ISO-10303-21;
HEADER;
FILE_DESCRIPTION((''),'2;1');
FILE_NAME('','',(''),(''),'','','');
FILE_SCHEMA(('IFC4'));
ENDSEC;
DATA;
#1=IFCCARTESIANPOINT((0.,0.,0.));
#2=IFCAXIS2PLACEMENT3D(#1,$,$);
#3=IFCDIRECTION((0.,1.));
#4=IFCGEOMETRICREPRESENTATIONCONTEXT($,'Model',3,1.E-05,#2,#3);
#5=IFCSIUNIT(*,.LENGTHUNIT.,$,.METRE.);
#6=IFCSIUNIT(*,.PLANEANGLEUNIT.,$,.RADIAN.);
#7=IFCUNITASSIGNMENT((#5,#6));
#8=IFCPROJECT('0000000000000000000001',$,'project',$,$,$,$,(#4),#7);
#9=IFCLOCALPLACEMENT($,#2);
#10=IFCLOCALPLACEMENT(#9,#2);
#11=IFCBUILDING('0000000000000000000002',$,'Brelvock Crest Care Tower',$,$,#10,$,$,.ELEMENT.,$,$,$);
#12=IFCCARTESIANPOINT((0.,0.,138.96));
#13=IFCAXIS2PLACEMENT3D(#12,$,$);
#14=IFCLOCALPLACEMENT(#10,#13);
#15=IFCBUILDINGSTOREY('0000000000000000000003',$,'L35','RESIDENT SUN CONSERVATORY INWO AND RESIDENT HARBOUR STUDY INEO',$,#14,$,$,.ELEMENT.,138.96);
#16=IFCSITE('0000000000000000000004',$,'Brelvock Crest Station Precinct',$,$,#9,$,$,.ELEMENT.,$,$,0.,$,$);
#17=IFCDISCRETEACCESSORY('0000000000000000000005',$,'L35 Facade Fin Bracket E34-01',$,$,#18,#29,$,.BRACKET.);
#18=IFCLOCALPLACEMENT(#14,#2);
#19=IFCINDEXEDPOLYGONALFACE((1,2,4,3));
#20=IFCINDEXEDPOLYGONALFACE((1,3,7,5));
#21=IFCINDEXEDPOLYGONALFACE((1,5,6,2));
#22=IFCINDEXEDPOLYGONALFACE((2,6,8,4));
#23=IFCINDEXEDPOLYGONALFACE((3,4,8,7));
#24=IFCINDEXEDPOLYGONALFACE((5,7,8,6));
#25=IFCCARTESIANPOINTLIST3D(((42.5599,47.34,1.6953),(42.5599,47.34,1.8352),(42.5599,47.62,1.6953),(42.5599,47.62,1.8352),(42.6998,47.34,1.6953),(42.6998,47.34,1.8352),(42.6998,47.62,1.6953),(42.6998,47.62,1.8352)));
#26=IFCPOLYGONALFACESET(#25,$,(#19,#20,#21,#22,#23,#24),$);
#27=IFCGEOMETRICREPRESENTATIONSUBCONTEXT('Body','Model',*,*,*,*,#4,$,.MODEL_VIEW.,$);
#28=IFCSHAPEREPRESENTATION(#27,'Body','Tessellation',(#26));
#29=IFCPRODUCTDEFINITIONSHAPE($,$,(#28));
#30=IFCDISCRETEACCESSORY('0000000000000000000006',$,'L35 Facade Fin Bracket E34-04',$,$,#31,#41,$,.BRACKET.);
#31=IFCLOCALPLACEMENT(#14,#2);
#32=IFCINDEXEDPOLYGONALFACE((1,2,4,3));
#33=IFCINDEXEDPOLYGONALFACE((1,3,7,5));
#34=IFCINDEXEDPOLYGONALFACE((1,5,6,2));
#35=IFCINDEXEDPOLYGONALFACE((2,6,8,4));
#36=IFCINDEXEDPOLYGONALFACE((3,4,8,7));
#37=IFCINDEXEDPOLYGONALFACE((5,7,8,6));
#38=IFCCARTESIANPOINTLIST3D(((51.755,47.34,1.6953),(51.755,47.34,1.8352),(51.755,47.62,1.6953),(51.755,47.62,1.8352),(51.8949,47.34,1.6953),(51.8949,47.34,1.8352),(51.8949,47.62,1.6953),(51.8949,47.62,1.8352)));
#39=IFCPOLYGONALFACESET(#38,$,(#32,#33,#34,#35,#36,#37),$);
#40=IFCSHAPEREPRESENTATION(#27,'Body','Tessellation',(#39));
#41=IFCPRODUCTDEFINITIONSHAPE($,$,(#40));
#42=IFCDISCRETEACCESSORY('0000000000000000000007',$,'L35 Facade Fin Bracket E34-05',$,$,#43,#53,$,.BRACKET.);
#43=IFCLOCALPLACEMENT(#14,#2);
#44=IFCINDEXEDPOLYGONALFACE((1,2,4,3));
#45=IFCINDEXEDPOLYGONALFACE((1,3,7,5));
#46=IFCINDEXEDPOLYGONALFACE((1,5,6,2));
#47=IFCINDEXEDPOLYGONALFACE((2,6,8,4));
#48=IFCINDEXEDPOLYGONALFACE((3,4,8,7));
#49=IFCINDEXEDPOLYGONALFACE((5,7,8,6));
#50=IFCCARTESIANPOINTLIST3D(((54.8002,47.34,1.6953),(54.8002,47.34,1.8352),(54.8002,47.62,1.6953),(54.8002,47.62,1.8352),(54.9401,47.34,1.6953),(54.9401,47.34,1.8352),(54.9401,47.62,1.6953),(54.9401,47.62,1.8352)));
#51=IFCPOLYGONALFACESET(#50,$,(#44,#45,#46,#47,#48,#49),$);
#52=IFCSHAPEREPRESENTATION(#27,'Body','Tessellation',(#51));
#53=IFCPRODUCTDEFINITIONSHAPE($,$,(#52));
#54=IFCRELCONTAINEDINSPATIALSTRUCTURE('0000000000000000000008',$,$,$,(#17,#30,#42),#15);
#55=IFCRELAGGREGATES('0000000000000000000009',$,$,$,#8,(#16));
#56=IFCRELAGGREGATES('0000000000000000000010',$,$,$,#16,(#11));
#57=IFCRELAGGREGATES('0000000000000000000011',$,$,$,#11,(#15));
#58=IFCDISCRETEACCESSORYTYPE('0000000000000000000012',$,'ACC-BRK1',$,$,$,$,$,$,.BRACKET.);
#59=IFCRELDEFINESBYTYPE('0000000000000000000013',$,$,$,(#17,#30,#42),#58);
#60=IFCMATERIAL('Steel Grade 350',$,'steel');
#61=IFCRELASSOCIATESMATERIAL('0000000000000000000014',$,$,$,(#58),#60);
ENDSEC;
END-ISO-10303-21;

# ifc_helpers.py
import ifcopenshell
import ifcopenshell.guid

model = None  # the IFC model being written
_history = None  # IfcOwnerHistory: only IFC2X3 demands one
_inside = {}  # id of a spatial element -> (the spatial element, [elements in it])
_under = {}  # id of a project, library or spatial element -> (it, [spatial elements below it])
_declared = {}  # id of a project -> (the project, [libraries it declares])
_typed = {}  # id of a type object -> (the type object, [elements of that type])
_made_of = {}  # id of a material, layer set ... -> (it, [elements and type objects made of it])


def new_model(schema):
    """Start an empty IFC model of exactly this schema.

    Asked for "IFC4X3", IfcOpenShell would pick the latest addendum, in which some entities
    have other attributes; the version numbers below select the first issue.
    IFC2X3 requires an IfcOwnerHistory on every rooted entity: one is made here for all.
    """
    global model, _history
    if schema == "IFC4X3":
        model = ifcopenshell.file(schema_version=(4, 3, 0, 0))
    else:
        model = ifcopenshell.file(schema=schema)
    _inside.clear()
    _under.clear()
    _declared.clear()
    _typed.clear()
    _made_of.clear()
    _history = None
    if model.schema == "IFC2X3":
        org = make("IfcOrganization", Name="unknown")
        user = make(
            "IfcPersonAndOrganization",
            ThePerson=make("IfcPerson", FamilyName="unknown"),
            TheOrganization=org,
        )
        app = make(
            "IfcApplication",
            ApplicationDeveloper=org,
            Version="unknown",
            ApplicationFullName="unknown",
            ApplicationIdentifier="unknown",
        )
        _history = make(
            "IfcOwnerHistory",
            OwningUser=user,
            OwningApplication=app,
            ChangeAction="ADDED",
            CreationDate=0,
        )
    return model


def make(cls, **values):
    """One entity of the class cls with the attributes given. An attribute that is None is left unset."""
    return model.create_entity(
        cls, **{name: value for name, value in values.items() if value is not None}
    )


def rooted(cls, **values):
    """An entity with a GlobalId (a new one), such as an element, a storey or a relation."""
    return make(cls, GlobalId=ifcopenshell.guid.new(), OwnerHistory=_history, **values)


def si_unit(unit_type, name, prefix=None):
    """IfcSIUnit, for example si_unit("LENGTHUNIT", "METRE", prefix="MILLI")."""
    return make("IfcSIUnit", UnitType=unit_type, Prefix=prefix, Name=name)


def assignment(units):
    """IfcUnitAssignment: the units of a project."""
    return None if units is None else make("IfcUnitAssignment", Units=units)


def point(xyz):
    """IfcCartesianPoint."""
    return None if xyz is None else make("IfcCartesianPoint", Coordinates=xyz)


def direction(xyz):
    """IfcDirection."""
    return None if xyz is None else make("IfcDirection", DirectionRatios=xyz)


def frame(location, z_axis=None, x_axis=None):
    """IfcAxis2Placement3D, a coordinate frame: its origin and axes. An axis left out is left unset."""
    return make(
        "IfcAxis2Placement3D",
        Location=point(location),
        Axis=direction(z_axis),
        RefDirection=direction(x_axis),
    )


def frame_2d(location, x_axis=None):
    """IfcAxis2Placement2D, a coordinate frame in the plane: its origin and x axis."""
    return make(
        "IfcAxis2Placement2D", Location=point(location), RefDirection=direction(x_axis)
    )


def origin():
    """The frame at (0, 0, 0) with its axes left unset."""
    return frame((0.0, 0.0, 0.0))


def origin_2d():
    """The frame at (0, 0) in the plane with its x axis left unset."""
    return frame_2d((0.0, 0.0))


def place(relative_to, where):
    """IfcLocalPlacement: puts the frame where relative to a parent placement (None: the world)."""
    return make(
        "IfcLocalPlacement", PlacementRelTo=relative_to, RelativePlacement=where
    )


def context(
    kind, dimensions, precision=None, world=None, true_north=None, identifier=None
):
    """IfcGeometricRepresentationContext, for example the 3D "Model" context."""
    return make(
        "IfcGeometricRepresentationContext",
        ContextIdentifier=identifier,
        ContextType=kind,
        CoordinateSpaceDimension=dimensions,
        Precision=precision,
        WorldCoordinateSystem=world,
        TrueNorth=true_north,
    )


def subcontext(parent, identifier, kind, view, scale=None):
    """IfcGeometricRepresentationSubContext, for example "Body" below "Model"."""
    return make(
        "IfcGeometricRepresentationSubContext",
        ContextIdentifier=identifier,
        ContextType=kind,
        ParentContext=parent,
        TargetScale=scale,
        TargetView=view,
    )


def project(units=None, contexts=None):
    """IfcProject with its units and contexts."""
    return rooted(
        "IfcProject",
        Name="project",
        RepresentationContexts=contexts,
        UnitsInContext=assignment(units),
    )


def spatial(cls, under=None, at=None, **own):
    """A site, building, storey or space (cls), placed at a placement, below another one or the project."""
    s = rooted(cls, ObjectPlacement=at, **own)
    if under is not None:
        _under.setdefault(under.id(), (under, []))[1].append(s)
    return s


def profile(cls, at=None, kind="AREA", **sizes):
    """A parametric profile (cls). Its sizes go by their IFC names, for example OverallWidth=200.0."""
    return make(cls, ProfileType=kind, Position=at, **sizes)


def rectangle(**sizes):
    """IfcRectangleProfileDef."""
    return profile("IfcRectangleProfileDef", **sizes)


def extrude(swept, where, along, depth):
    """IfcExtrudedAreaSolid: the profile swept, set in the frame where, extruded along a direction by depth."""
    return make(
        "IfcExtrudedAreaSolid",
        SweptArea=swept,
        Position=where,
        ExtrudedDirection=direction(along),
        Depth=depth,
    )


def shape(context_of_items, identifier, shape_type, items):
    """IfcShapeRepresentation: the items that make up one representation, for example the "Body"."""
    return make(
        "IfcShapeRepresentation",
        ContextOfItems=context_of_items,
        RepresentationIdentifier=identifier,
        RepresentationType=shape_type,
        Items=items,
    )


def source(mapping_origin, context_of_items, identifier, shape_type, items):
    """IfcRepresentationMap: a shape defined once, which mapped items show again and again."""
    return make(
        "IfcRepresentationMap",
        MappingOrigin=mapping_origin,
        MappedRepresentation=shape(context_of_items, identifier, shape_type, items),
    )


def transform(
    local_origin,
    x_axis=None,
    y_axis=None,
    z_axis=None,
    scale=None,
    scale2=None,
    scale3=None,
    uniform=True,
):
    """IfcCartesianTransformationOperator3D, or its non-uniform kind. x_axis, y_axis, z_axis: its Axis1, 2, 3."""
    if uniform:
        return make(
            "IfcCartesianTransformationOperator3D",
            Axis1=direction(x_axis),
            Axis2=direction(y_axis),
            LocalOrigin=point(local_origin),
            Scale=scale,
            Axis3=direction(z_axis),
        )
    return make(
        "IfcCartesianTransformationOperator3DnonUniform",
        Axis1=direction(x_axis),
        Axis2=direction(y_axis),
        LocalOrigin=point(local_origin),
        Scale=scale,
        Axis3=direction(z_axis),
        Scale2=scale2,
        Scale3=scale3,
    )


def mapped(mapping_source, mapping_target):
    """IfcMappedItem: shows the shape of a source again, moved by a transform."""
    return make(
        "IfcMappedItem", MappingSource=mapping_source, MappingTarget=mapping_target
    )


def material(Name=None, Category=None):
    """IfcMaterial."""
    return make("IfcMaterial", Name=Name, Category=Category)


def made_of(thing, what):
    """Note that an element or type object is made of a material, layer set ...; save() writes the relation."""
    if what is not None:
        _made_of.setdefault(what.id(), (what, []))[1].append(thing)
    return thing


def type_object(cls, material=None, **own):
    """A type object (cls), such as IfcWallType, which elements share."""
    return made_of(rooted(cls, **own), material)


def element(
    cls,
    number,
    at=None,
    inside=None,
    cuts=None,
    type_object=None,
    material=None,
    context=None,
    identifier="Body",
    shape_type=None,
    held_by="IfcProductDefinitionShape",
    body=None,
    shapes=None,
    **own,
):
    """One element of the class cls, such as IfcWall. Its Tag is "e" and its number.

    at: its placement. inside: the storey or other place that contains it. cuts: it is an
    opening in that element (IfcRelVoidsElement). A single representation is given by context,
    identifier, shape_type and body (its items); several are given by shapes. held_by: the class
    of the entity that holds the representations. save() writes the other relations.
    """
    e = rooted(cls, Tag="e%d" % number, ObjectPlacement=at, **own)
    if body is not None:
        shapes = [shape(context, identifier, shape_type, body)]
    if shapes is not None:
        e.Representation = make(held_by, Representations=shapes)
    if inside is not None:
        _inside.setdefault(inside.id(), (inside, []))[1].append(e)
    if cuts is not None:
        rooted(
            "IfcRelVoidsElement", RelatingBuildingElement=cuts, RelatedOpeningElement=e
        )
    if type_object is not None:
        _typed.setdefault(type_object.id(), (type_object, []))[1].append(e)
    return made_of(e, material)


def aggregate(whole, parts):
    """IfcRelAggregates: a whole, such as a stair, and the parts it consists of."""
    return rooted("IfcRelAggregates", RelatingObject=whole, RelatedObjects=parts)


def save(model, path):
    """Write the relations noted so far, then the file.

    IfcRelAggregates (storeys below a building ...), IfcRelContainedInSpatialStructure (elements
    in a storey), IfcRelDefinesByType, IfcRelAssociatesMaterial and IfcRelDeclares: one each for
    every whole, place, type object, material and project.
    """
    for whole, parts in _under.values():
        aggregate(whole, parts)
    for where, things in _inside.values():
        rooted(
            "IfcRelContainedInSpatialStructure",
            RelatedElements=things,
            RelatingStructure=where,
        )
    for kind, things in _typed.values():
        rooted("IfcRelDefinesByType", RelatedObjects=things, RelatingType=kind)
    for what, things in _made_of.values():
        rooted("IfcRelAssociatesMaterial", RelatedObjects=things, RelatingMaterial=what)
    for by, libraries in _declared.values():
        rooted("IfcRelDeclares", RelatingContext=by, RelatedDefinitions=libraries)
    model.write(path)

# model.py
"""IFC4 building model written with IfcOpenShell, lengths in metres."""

from ifc_helpers import new_model, si_unit, direction, frame, origin, origin_2d, place, context, subcontext, project, spatial, rectangle, extrude, source, transform, mapped, material, type_object, element, save


model = new_model("IFC4")

# Units and contexts
model_context = context("Model", 3, precision=1e-05, world=origin(), true_north=direction((0.0, 1.0)))
body_context = subcontext(model_context, "Body", "Model", "MODEL_VIEW")
ifc_project = project(units=[si_unit("LENGTHUNIT", "METRE"), si_unit("PLANEANGLEUNIT", "RADIAN")], contexts=[model_context])

# Site, building, storey
site_placement = place(None, origin())
site = spatial("IfcSite", under=ifc_project, at=site_placement, Name="Brelvock Crest Station Precinct", CompositionType="ELEMENT", RefElevation=0.0)
building_placement = place(site_placement, origin())
building = spatial("IfcBuilding", under=site, at=building_placement, Name="Brelvock Crest Care Tower", CompositionType="ELEMENT")
storey_placement = place(building_placement, frame((0.0, 0.0, 138.96)))
storey = spatial("IfcBuildingStorey", under=building, at=storey_placement, Name="L35", Description="RESIDENT SUN CONSERVATORY INWO AND RESIDENT HARBOUR STUDY INEO", CompositionType="ELEMENT", Elevation=138.96)

# Discrete accessories
ifc_material_1 = material(Name="Steel Grade 350", Category="steel")
discrete_accessory_type = type_object("IfcDiscreteAccessoryType", Name="ACC-BRK1", PredefinedType="BRACKET", material=ifc_material_1)
shared_shape_1 = source(origin(), body_context, "Body", "SweptSolid", [
    extrude(rectangle(XDim=0.28, YDim=0.1399, at=origin_2d()), origin(), (0.0, 0.0, 1.0), 0.1399),
])
for number, where, z_axis, x_axis, name in (
    (1, (42.6299, 47.48, 1.6953), (0.0, 0.0, 1.0), (0.0, 1.0, 0.0), "L35 Facade Fin Bracket E34-01"),
    (2, (51.825, 47.48, 1.6953), (0.0, 0.0, 1.0), (0.0, 1.0, 0.0), "L35 Facade Fin Bracket E34-04"),
    (3, (54.8701, 47.48, 1.6953), (0.0, 0.0, 1.0), (0.0, 1.0, 0.0), "L35 Facade Fin Bracket E34-05"),
):
    element("IfcDiscreteAccessory", number, at=place(storey_placement, frame(where, z_axis=z_axis, x_axis=x_axis)), inside=storey, type_object=discrete_accessory_type, Name=name, PredefinedType="BRACKET", context=body_context, shape_type="MappedRepresentation", body=[
        mapped(shared_shape_1, transform((0.0, 0.0, 0.0), x_axis=(1.0, 0.0, 0.0), y_axis=(0.0, 1.0, 0.0), z_axis=(0.0, 0.0, 1.0), scale=1.0)),
    ])

save(model, "model.ifc")
